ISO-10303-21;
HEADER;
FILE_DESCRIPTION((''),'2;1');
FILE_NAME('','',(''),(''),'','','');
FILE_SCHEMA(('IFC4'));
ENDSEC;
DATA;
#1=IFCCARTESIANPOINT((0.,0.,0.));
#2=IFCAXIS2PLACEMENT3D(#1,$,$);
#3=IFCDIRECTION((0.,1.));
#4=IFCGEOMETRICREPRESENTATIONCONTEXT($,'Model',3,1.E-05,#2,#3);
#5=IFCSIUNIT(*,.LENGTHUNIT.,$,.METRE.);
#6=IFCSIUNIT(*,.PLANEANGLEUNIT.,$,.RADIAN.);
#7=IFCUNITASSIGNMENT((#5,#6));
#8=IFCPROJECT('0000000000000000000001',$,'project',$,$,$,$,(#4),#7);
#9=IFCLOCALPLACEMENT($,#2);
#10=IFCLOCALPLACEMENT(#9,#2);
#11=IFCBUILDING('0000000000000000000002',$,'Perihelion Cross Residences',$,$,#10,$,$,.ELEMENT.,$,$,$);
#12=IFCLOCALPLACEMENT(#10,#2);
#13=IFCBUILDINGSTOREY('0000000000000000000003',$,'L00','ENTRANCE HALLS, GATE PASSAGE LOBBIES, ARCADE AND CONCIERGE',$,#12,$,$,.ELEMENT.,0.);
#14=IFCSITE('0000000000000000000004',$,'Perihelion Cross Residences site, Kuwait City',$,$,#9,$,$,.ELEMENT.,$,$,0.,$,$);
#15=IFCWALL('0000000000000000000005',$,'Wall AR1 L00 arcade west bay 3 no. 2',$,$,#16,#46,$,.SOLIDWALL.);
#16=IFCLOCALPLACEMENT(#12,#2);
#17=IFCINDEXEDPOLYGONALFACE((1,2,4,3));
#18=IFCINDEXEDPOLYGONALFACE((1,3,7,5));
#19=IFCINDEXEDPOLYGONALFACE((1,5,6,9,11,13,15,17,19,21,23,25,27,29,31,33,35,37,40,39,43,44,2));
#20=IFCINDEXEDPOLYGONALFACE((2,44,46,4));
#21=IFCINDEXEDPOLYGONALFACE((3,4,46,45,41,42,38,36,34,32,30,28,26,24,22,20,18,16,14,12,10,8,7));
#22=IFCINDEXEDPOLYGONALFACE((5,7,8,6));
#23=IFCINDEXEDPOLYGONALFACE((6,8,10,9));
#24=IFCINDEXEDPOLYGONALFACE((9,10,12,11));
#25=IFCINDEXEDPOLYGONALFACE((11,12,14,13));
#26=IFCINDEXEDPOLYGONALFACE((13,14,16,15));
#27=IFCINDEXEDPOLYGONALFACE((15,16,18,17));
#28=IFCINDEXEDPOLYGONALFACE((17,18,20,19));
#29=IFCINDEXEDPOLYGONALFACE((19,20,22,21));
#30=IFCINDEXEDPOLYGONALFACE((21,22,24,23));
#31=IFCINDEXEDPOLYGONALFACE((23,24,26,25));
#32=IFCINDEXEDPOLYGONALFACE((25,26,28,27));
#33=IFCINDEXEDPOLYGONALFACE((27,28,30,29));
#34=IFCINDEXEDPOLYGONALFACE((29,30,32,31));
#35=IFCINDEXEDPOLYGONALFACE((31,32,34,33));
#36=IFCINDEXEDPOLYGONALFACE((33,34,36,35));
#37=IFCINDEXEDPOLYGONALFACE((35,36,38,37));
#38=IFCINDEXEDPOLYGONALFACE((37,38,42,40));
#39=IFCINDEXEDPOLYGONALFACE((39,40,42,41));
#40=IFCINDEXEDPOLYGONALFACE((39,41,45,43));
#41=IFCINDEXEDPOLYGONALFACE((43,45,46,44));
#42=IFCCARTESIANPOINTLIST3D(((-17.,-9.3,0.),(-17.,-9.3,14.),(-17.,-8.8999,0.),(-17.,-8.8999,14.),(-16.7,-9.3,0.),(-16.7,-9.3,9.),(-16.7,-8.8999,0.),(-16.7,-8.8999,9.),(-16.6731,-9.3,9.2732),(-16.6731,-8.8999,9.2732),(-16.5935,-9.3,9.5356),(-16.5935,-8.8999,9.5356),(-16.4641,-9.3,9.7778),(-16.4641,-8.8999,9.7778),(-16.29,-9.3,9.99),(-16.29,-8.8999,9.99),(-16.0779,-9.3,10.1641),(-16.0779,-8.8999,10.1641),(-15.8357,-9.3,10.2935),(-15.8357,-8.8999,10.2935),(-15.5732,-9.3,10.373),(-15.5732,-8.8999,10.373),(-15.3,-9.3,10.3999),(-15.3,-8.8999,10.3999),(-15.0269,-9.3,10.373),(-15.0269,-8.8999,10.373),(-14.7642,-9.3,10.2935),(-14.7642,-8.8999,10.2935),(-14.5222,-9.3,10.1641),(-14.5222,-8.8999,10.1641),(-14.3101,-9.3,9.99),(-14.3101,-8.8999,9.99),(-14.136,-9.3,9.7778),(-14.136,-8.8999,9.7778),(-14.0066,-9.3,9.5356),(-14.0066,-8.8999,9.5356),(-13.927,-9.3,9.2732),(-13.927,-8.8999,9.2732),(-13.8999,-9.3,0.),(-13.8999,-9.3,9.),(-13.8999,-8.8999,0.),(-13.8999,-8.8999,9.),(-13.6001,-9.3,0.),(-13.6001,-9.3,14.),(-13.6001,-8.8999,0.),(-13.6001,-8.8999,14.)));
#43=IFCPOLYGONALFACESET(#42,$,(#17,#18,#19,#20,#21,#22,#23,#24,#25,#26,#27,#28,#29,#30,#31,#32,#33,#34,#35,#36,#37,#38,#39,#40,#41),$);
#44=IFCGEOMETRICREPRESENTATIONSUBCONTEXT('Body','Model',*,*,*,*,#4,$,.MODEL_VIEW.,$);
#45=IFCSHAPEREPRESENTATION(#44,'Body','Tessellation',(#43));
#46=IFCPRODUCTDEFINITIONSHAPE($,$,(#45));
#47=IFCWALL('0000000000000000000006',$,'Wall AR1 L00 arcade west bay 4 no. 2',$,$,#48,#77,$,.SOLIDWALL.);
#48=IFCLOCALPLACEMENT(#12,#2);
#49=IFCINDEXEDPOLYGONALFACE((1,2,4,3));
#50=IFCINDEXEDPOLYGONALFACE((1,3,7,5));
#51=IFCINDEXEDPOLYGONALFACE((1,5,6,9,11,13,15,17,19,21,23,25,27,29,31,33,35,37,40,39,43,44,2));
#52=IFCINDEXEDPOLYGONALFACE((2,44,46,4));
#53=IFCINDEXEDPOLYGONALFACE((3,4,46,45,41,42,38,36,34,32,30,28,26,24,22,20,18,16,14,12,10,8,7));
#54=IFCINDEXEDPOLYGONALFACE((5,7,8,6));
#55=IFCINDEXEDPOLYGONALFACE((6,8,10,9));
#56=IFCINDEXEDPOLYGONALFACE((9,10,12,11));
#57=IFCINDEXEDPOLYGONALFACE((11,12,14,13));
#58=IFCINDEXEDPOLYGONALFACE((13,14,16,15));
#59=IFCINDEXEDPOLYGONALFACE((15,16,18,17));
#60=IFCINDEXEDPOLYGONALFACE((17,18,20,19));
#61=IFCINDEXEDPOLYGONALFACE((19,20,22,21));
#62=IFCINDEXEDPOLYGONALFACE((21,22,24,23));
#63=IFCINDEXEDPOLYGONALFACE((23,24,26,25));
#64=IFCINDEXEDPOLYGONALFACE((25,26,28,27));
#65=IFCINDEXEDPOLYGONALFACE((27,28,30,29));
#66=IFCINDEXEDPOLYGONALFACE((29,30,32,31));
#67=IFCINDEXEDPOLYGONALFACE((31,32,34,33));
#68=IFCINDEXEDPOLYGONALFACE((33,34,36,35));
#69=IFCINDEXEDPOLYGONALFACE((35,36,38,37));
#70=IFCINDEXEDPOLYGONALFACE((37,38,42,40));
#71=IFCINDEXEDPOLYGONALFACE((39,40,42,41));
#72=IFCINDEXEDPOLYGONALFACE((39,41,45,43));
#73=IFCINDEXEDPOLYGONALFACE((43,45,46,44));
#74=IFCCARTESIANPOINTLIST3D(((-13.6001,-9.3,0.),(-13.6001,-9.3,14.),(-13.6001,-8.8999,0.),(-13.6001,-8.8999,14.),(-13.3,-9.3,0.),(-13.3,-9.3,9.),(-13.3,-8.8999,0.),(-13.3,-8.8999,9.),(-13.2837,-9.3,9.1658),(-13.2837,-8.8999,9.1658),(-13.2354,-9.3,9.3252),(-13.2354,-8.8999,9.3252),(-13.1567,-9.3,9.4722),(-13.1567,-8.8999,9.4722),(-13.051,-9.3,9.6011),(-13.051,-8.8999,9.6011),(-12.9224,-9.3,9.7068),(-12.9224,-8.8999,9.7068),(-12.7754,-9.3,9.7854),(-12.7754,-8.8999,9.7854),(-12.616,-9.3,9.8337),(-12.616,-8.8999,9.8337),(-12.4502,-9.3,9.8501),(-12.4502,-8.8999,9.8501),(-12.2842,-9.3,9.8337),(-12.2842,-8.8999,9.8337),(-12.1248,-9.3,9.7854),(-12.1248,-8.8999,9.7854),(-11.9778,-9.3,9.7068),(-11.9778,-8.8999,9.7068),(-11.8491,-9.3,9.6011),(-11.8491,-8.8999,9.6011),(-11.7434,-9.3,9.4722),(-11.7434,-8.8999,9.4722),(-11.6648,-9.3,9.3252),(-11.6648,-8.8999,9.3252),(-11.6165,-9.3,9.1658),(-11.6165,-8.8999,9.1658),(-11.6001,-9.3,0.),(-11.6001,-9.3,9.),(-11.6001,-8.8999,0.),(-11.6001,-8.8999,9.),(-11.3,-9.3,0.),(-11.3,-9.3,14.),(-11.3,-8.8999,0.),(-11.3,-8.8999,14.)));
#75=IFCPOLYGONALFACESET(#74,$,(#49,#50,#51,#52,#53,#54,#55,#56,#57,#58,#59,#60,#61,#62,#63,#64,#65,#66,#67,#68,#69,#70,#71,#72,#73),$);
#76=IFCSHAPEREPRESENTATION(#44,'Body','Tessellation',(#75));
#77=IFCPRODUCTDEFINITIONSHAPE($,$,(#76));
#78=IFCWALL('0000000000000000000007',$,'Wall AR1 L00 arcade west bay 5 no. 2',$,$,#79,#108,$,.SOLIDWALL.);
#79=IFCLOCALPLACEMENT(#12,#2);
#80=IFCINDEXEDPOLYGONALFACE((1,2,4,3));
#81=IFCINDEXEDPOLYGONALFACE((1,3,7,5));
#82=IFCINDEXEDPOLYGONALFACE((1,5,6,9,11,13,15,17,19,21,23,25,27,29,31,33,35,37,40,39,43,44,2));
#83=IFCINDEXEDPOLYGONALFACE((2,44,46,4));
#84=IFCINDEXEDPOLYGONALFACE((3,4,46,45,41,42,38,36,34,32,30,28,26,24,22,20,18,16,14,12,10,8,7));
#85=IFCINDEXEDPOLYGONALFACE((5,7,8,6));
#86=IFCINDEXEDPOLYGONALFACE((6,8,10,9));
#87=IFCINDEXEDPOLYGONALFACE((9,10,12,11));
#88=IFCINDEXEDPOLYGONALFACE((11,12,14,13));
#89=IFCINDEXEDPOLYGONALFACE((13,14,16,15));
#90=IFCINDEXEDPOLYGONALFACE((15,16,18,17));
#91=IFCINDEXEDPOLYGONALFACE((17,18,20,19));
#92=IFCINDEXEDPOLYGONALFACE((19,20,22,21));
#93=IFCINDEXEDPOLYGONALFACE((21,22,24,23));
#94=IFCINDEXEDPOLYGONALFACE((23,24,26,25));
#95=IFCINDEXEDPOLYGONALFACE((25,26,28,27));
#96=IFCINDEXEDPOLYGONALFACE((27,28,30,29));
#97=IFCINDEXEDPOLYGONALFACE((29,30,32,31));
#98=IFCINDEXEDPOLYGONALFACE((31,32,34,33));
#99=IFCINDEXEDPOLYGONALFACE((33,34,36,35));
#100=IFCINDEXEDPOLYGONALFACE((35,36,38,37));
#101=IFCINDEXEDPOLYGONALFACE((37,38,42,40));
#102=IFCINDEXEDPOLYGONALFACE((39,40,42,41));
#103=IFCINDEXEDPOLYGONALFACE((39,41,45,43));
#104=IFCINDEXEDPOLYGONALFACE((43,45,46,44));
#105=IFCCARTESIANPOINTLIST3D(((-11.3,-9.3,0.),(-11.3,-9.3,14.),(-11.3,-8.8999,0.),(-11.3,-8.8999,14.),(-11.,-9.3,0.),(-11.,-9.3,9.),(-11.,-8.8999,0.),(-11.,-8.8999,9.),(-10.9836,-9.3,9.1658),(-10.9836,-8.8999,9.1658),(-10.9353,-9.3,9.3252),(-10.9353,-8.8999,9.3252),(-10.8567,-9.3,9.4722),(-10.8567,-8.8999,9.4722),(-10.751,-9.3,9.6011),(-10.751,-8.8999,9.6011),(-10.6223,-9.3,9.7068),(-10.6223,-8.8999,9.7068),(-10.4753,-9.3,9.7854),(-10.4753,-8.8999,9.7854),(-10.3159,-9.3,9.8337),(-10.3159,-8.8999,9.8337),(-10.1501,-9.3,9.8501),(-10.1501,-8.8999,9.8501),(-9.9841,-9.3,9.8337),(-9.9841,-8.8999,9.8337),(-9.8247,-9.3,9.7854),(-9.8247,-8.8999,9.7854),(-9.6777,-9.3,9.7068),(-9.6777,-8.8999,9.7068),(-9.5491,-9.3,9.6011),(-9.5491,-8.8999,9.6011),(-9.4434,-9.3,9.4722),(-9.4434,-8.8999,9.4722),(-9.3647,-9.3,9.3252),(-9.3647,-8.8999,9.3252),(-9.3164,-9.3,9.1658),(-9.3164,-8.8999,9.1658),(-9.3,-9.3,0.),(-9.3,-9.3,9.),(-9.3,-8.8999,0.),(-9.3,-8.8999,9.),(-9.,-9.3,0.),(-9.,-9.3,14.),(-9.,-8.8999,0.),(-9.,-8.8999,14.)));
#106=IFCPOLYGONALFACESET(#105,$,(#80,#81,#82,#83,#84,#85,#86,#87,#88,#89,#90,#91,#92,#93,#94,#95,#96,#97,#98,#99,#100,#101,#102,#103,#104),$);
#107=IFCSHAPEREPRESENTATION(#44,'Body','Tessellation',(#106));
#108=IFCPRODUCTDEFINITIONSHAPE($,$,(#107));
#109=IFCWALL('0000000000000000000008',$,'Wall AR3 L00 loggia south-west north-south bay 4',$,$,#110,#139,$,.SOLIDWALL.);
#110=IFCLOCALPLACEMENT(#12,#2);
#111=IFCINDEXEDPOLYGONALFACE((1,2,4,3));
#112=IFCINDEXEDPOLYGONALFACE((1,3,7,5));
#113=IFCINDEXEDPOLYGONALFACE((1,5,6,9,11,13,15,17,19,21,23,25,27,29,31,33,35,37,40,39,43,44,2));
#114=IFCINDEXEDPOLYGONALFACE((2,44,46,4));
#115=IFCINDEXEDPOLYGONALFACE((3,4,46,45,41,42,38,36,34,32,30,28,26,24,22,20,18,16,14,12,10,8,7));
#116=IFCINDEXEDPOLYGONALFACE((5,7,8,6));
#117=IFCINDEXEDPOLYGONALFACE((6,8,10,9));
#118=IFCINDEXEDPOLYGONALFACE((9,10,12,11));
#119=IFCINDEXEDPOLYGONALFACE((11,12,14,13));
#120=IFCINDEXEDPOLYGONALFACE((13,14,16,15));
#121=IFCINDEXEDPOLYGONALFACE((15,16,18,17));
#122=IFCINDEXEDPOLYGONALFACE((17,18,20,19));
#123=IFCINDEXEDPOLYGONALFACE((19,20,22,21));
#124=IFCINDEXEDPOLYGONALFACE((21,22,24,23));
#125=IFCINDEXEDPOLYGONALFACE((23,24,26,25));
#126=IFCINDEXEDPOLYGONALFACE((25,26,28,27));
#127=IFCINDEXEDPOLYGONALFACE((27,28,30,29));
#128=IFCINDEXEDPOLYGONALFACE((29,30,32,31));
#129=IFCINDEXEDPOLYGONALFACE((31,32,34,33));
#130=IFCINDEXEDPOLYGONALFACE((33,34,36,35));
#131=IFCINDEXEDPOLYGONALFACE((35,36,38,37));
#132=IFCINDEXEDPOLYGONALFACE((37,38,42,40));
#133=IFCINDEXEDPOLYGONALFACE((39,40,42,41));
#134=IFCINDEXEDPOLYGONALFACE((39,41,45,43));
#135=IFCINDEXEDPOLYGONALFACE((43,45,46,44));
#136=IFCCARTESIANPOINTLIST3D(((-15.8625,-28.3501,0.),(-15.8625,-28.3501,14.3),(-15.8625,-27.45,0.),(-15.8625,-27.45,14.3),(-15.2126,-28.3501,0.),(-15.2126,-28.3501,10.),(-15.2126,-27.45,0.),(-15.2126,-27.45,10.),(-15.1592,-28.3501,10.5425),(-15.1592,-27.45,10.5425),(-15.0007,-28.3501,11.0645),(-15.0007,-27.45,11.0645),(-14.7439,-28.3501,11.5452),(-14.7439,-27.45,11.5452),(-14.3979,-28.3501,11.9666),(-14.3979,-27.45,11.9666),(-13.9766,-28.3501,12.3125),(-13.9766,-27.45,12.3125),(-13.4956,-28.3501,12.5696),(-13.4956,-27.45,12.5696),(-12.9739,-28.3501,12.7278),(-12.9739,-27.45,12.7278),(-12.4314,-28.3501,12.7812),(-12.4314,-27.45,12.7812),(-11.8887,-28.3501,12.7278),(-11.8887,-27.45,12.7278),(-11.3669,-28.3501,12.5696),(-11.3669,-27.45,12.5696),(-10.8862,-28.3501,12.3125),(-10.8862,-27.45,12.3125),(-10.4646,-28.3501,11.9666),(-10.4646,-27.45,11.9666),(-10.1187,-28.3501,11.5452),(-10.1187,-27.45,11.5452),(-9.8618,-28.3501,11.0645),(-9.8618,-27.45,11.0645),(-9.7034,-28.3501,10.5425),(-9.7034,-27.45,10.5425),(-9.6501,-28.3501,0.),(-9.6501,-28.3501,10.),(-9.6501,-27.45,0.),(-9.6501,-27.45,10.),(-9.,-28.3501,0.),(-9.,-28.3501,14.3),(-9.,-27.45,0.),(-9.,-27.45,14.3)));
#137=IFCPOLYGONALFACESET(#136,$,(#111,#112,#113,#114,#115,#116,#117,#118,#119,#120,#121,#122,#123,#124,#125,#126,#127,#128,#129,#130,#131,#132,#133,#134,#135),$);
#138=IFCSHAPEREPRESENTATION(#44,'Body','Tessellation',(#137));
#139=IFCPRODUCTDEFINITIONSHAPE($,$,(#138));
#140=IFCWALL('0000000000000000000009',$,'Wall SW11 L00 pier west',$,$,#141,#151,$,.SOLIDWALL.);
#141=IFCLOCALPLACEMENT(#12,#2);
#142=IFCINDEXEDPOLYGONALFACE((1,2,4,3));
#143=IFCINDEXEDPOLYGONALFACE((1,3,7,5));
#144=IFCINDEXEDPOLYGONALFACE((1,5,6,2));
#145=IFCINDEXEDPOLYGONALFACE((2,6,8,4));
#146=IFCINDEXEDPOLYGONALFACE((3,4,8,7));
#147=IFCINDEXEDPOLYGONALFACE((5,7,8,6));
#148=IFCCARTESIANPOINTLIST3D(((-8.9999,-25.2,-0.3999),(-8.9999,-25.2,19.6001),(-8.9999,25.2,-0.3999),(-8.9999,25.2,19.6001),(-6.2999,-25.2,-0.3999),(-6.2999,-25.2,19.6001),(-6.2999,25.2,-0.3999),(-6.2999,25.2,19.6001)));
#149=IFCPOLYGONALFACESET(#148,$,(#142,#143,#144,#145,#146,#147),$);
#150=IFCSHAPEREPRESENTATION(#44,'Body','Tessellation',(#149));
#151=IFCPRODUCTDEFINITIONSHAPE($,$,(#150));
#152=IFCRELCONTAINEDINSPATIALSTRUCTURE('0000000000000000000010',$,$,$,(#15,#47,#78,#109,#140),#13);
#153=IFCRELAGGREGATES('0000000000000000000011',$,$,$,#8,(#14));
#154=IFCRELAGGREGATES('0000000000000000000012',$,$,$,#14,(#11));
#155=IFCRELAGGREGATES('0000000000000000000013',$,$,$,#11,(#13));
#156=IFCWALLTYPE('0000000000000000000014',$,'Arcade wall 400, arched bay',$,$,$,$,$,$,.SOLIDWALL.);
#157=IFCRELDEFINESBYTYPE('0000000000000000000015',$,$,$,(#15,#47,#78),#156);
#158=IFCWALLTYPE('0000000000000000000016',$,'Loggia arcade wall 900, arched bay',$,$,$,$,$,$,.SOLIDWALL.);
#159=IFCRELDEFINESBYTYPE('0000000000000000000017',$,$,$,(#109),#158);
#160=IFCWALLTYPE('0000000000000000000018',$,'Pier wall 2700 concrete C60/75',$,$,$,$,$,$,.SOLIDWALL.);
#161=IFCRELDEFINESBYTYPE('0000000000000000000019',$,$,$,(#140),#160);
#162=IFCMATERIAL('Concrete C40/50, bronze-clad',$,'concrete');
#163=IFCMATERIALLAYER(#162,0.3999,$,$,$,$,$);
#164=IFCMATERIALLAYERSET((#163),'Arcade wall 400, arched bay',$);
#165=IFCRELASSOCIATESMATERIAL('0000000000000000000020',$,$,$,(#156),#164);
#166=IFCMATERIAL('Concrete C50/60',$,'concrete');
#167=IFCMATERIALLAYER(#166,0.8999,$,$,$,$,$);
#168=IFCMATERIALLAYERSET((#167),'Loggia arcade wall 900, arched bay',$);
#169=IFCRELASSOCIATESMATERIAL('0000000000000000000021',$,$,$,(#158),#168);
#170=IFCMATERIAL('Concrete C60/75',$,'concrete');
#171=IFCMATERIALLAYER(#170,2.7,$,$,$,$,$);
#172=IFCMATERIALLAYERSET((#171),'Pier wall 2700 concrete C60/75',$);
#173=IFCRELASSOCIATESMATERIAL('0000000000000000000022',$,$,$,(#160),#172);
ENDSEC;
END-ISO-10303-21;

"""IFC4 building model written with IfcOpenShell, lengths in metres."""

from ifc_helpers import new_model, si_unit, direction, frame, frame_2d, origin, place, context, subcontext, project, spatial, polyline, rectangle, outline, extrude, material, layer, layer_set, type_object, element, save


model = new_model("IFC4")

# Units and contexts
model_context = context("Model", 3, precision=1e-05, world=origin(), true_north=direction((0.0, 1.0)))
body_context = subcontext(model_context, "Body", "Model", "MODEL_VIEW")
ifc_project = project(units=[si_unit("LENGTHUNIT", "METRE"), si_unit("PLANEANGLEUNIT", "RADIAN")], contexts=[model_context])

# Site, building, storey
site_placement = place(None, origin())
site = spatial("IfcSite", under=ifc_project, at=site_placement, Name="Perihelion Cross Residences site, Kuwait City", CompositionType="ELEMENT", RefElevation=0.0)
building_placement = place(site_placement, origin())
building = spatial("IfcBuilding", under=site, at=building_placement, Name="Perihelion Cross Residences", CompositionType="ELEMENT")
storey_placement = place(building_placement, origin())
storey = spatial("IfcBuildingStorey", under=building, at=storey_placement, Name="L00", Description="ENTRANCE HALLS, GATE PASSAGE LOBBIES, ARCADE AND CONCIERGE", CompositionType="ELEMENT", Elevation=0.0)

# Walls
ifc_material_1 = material(Name="Concrete C40/50, bronze-clad", Category="concrete")
ifc_layer_1 = layer(ifc_material_1, 0.3999)
ifc_layer_set_1 = layer_set([ifc_layer_1], Name="Arcade wall 400, arched bay")
wall_type_1 = type_object("IfcWallType", Name="Arcade wall 400, arched bay", PredefinedType="SOLIDWALL", material=ifc_layer_set_1)
wall_1_placement = place(storey_placement, frame((-17.0, -8.8999, 0.0), z_axis=(0.0, -1.0, 0.0), x_axis=(1.0, 0.0, 0.0)))
element("IfcWall", 1, at=wall_1_placement, inside=storey, type_object=wall_type_1, Name="Wall AR1 L00 arcade west bay 3 no. 2", PredefinedType="SOLIDWALL", context=body_context, shape_type="SweptSolid", body=[
    extrude(outline(polyline([(0.0, 0.0), (0.3, 0.0), (0.3, 9.0), (0.3269, 9.2732), (0.4065, 9.5356), (0.5359, 9.7778), (0.71, 9.99), (0.9221, 10.1641), (1.1643, 10.2935), (1.4268, 10.373), (1.7, 10.3999), (1.9731, 10.373), (2.2358, 10.2935), (2.4778, 10.1641), (2.6899, 9.99), (2.864, 9.7778), (2.9934, 9.5356), (3.073, 9.2732), (3.1001, 9.0), (3.1001, 0.0), (3.3999, 0.0), (3.3999, 14.0), (0.0, 14.0), (0.0, 0.0)])), origin(), (0.0, 0.0, 1.0), 0.4001),
])
for number, where, z_axis, x_axis, name in (
    (2, (-13.6001, -8.8999, 0.0), (0.0, -1.0, 0.0), (1.0, 0.0, 0.0), "Wall AR1 L00 arcade west bay 4 no. 2"),
    (3, (-11.3, -8.8999, 0.0), (0.0, -1.0, 0.0), (1.0, 0.0, 0.0), "Wall AR1 L00 arcade west bay 5 no. 2"),
):
    element("IfcWall", number, at=place(storey_placement, frame(where, z_axis=z_axis, x_axis=x_axis)), inside=storey, type_object=wall_type_1, Name=name, PredefinedType="SOLIDWALL", context=body_context, shape_type="SweptSolid", body=[
        extrude(outline(polyline([(0.0, 0.0), (0.3, 0.0), (0.3, 9.0), (0.3164, 9.1658), (0.3647, 9.3252), (0.4434, 9.4722), (0.5491, 9.6011), (0.6777, 9.7068), (0.8247, 9.7854), (0.9841, 9.8337), (1.1499, 9.8501), (1.3159, 9.8337), (1.4753, 9.7854), (1.6223, 9.7068), (1.751, 9.6011), (1.8567, 9.4722), (1.9353, 9.3252), (1.9836, 9.1658), (2.0, 9.0), (2.0, 0.0), (2.3, 0.0), (2.3, 14.0), (0.0, 14.0), (0.0, 0.0)])), origin(), (0.0, 0.0, 1.0), 0.4001),
    ])
ifc_material_2 = material(Name="Concrete C50/60", Category="concrete")
ifc_layer_2 = layer(ifc_material_2, 0.8999)
ifc_layer_set_2 = layer_set([ifc_layer_2], Name="Loggia arcade wall 900, arched bay")
wall_type_2 = type_object("IfcWallType", Name="Loggia arcade wall 900, arched bay", PredefinedType="SOLIDWALL", material=ifc_layer_set_2)
wall_2_placement = place(storey_placement, frame((-15.8625, -27.45, 0.0), z_axis=(0.0, -1.0, 0.0), x_axis=(1.0, 0.0, 0.0)))
element("IfcWall", 4, at=wall_2_placement, inside=storey, type_object=wall_type_2, Name="Wall AR3 L00 loggia south-west north-south bay 4", PredefinedType="SOLIDWALL", context=body_context, shape_type="SweptSolid", body=[
    extrude(outline(polyline([(0.0, 0.0), (0.6499, 0.0), (0.6499, 10.0), (0.7034, 10.5425), (0.8618, 11.0645), (1.1187, 11.5452), (1.4646, 11.9666), (1.886, 12.3125), (2.3669, 12.5696), (2.8887, 12.7278), (3.4312, 12.7812), (3.9739, 12.7278), (4.4956, 12.5696), (4.9763, 12.3125), (5.3979, 11.9666), (5.7439, 11.5452), (6.0007, 11.0645), (6.1592, 10.5425), (6.2124, 10.0), (6.2124, 0.0), (6.8625, 0.0), (6.8625, 14.3), (0.0, 14.3), (0.0, 0.0)])), origin(), (0.0, 0.0, 1.0), 0.9001),
])
ifc_material_3 = material(Name="Concrete C60/75", Category="concrete")
ifc_layer_3 = layer(ifc_material_3, 2.7)
ifc_layer_set_3 = layer_set([ifc_layer_3], Name="Pier wall 2700 concrete C60/75")
wall_type_3 = type_object("IfcWallType", Name="Pier wall 2700 concrete C60/75", PredefinedType="SOLIDWALL", material=ifc_layer_set_3)
wall_3_placement = place(storey_placement, frame((-7.6499, -25.2, -0.3999), z_axis=(0.0, 0.0, 1.0), x_axis=(0.0, 1.0, 0.0)))
element("IfcWall", 5, at=wall_3_placement, inside=storey, type_object=wall_type_3, Name="Wall SW11 L00 pier west", PredefinedType="SOLIDWALL", context=body_context, shape_type="SweptSolid", body=[
    extrude(rectangle(XDim=50.3999, YDim=2.7, at=frame_2d((25.2, 0.0))), origin(), (0.0, 0.0, 1.0), 20.0),
])

save(model, "model.ifc")
